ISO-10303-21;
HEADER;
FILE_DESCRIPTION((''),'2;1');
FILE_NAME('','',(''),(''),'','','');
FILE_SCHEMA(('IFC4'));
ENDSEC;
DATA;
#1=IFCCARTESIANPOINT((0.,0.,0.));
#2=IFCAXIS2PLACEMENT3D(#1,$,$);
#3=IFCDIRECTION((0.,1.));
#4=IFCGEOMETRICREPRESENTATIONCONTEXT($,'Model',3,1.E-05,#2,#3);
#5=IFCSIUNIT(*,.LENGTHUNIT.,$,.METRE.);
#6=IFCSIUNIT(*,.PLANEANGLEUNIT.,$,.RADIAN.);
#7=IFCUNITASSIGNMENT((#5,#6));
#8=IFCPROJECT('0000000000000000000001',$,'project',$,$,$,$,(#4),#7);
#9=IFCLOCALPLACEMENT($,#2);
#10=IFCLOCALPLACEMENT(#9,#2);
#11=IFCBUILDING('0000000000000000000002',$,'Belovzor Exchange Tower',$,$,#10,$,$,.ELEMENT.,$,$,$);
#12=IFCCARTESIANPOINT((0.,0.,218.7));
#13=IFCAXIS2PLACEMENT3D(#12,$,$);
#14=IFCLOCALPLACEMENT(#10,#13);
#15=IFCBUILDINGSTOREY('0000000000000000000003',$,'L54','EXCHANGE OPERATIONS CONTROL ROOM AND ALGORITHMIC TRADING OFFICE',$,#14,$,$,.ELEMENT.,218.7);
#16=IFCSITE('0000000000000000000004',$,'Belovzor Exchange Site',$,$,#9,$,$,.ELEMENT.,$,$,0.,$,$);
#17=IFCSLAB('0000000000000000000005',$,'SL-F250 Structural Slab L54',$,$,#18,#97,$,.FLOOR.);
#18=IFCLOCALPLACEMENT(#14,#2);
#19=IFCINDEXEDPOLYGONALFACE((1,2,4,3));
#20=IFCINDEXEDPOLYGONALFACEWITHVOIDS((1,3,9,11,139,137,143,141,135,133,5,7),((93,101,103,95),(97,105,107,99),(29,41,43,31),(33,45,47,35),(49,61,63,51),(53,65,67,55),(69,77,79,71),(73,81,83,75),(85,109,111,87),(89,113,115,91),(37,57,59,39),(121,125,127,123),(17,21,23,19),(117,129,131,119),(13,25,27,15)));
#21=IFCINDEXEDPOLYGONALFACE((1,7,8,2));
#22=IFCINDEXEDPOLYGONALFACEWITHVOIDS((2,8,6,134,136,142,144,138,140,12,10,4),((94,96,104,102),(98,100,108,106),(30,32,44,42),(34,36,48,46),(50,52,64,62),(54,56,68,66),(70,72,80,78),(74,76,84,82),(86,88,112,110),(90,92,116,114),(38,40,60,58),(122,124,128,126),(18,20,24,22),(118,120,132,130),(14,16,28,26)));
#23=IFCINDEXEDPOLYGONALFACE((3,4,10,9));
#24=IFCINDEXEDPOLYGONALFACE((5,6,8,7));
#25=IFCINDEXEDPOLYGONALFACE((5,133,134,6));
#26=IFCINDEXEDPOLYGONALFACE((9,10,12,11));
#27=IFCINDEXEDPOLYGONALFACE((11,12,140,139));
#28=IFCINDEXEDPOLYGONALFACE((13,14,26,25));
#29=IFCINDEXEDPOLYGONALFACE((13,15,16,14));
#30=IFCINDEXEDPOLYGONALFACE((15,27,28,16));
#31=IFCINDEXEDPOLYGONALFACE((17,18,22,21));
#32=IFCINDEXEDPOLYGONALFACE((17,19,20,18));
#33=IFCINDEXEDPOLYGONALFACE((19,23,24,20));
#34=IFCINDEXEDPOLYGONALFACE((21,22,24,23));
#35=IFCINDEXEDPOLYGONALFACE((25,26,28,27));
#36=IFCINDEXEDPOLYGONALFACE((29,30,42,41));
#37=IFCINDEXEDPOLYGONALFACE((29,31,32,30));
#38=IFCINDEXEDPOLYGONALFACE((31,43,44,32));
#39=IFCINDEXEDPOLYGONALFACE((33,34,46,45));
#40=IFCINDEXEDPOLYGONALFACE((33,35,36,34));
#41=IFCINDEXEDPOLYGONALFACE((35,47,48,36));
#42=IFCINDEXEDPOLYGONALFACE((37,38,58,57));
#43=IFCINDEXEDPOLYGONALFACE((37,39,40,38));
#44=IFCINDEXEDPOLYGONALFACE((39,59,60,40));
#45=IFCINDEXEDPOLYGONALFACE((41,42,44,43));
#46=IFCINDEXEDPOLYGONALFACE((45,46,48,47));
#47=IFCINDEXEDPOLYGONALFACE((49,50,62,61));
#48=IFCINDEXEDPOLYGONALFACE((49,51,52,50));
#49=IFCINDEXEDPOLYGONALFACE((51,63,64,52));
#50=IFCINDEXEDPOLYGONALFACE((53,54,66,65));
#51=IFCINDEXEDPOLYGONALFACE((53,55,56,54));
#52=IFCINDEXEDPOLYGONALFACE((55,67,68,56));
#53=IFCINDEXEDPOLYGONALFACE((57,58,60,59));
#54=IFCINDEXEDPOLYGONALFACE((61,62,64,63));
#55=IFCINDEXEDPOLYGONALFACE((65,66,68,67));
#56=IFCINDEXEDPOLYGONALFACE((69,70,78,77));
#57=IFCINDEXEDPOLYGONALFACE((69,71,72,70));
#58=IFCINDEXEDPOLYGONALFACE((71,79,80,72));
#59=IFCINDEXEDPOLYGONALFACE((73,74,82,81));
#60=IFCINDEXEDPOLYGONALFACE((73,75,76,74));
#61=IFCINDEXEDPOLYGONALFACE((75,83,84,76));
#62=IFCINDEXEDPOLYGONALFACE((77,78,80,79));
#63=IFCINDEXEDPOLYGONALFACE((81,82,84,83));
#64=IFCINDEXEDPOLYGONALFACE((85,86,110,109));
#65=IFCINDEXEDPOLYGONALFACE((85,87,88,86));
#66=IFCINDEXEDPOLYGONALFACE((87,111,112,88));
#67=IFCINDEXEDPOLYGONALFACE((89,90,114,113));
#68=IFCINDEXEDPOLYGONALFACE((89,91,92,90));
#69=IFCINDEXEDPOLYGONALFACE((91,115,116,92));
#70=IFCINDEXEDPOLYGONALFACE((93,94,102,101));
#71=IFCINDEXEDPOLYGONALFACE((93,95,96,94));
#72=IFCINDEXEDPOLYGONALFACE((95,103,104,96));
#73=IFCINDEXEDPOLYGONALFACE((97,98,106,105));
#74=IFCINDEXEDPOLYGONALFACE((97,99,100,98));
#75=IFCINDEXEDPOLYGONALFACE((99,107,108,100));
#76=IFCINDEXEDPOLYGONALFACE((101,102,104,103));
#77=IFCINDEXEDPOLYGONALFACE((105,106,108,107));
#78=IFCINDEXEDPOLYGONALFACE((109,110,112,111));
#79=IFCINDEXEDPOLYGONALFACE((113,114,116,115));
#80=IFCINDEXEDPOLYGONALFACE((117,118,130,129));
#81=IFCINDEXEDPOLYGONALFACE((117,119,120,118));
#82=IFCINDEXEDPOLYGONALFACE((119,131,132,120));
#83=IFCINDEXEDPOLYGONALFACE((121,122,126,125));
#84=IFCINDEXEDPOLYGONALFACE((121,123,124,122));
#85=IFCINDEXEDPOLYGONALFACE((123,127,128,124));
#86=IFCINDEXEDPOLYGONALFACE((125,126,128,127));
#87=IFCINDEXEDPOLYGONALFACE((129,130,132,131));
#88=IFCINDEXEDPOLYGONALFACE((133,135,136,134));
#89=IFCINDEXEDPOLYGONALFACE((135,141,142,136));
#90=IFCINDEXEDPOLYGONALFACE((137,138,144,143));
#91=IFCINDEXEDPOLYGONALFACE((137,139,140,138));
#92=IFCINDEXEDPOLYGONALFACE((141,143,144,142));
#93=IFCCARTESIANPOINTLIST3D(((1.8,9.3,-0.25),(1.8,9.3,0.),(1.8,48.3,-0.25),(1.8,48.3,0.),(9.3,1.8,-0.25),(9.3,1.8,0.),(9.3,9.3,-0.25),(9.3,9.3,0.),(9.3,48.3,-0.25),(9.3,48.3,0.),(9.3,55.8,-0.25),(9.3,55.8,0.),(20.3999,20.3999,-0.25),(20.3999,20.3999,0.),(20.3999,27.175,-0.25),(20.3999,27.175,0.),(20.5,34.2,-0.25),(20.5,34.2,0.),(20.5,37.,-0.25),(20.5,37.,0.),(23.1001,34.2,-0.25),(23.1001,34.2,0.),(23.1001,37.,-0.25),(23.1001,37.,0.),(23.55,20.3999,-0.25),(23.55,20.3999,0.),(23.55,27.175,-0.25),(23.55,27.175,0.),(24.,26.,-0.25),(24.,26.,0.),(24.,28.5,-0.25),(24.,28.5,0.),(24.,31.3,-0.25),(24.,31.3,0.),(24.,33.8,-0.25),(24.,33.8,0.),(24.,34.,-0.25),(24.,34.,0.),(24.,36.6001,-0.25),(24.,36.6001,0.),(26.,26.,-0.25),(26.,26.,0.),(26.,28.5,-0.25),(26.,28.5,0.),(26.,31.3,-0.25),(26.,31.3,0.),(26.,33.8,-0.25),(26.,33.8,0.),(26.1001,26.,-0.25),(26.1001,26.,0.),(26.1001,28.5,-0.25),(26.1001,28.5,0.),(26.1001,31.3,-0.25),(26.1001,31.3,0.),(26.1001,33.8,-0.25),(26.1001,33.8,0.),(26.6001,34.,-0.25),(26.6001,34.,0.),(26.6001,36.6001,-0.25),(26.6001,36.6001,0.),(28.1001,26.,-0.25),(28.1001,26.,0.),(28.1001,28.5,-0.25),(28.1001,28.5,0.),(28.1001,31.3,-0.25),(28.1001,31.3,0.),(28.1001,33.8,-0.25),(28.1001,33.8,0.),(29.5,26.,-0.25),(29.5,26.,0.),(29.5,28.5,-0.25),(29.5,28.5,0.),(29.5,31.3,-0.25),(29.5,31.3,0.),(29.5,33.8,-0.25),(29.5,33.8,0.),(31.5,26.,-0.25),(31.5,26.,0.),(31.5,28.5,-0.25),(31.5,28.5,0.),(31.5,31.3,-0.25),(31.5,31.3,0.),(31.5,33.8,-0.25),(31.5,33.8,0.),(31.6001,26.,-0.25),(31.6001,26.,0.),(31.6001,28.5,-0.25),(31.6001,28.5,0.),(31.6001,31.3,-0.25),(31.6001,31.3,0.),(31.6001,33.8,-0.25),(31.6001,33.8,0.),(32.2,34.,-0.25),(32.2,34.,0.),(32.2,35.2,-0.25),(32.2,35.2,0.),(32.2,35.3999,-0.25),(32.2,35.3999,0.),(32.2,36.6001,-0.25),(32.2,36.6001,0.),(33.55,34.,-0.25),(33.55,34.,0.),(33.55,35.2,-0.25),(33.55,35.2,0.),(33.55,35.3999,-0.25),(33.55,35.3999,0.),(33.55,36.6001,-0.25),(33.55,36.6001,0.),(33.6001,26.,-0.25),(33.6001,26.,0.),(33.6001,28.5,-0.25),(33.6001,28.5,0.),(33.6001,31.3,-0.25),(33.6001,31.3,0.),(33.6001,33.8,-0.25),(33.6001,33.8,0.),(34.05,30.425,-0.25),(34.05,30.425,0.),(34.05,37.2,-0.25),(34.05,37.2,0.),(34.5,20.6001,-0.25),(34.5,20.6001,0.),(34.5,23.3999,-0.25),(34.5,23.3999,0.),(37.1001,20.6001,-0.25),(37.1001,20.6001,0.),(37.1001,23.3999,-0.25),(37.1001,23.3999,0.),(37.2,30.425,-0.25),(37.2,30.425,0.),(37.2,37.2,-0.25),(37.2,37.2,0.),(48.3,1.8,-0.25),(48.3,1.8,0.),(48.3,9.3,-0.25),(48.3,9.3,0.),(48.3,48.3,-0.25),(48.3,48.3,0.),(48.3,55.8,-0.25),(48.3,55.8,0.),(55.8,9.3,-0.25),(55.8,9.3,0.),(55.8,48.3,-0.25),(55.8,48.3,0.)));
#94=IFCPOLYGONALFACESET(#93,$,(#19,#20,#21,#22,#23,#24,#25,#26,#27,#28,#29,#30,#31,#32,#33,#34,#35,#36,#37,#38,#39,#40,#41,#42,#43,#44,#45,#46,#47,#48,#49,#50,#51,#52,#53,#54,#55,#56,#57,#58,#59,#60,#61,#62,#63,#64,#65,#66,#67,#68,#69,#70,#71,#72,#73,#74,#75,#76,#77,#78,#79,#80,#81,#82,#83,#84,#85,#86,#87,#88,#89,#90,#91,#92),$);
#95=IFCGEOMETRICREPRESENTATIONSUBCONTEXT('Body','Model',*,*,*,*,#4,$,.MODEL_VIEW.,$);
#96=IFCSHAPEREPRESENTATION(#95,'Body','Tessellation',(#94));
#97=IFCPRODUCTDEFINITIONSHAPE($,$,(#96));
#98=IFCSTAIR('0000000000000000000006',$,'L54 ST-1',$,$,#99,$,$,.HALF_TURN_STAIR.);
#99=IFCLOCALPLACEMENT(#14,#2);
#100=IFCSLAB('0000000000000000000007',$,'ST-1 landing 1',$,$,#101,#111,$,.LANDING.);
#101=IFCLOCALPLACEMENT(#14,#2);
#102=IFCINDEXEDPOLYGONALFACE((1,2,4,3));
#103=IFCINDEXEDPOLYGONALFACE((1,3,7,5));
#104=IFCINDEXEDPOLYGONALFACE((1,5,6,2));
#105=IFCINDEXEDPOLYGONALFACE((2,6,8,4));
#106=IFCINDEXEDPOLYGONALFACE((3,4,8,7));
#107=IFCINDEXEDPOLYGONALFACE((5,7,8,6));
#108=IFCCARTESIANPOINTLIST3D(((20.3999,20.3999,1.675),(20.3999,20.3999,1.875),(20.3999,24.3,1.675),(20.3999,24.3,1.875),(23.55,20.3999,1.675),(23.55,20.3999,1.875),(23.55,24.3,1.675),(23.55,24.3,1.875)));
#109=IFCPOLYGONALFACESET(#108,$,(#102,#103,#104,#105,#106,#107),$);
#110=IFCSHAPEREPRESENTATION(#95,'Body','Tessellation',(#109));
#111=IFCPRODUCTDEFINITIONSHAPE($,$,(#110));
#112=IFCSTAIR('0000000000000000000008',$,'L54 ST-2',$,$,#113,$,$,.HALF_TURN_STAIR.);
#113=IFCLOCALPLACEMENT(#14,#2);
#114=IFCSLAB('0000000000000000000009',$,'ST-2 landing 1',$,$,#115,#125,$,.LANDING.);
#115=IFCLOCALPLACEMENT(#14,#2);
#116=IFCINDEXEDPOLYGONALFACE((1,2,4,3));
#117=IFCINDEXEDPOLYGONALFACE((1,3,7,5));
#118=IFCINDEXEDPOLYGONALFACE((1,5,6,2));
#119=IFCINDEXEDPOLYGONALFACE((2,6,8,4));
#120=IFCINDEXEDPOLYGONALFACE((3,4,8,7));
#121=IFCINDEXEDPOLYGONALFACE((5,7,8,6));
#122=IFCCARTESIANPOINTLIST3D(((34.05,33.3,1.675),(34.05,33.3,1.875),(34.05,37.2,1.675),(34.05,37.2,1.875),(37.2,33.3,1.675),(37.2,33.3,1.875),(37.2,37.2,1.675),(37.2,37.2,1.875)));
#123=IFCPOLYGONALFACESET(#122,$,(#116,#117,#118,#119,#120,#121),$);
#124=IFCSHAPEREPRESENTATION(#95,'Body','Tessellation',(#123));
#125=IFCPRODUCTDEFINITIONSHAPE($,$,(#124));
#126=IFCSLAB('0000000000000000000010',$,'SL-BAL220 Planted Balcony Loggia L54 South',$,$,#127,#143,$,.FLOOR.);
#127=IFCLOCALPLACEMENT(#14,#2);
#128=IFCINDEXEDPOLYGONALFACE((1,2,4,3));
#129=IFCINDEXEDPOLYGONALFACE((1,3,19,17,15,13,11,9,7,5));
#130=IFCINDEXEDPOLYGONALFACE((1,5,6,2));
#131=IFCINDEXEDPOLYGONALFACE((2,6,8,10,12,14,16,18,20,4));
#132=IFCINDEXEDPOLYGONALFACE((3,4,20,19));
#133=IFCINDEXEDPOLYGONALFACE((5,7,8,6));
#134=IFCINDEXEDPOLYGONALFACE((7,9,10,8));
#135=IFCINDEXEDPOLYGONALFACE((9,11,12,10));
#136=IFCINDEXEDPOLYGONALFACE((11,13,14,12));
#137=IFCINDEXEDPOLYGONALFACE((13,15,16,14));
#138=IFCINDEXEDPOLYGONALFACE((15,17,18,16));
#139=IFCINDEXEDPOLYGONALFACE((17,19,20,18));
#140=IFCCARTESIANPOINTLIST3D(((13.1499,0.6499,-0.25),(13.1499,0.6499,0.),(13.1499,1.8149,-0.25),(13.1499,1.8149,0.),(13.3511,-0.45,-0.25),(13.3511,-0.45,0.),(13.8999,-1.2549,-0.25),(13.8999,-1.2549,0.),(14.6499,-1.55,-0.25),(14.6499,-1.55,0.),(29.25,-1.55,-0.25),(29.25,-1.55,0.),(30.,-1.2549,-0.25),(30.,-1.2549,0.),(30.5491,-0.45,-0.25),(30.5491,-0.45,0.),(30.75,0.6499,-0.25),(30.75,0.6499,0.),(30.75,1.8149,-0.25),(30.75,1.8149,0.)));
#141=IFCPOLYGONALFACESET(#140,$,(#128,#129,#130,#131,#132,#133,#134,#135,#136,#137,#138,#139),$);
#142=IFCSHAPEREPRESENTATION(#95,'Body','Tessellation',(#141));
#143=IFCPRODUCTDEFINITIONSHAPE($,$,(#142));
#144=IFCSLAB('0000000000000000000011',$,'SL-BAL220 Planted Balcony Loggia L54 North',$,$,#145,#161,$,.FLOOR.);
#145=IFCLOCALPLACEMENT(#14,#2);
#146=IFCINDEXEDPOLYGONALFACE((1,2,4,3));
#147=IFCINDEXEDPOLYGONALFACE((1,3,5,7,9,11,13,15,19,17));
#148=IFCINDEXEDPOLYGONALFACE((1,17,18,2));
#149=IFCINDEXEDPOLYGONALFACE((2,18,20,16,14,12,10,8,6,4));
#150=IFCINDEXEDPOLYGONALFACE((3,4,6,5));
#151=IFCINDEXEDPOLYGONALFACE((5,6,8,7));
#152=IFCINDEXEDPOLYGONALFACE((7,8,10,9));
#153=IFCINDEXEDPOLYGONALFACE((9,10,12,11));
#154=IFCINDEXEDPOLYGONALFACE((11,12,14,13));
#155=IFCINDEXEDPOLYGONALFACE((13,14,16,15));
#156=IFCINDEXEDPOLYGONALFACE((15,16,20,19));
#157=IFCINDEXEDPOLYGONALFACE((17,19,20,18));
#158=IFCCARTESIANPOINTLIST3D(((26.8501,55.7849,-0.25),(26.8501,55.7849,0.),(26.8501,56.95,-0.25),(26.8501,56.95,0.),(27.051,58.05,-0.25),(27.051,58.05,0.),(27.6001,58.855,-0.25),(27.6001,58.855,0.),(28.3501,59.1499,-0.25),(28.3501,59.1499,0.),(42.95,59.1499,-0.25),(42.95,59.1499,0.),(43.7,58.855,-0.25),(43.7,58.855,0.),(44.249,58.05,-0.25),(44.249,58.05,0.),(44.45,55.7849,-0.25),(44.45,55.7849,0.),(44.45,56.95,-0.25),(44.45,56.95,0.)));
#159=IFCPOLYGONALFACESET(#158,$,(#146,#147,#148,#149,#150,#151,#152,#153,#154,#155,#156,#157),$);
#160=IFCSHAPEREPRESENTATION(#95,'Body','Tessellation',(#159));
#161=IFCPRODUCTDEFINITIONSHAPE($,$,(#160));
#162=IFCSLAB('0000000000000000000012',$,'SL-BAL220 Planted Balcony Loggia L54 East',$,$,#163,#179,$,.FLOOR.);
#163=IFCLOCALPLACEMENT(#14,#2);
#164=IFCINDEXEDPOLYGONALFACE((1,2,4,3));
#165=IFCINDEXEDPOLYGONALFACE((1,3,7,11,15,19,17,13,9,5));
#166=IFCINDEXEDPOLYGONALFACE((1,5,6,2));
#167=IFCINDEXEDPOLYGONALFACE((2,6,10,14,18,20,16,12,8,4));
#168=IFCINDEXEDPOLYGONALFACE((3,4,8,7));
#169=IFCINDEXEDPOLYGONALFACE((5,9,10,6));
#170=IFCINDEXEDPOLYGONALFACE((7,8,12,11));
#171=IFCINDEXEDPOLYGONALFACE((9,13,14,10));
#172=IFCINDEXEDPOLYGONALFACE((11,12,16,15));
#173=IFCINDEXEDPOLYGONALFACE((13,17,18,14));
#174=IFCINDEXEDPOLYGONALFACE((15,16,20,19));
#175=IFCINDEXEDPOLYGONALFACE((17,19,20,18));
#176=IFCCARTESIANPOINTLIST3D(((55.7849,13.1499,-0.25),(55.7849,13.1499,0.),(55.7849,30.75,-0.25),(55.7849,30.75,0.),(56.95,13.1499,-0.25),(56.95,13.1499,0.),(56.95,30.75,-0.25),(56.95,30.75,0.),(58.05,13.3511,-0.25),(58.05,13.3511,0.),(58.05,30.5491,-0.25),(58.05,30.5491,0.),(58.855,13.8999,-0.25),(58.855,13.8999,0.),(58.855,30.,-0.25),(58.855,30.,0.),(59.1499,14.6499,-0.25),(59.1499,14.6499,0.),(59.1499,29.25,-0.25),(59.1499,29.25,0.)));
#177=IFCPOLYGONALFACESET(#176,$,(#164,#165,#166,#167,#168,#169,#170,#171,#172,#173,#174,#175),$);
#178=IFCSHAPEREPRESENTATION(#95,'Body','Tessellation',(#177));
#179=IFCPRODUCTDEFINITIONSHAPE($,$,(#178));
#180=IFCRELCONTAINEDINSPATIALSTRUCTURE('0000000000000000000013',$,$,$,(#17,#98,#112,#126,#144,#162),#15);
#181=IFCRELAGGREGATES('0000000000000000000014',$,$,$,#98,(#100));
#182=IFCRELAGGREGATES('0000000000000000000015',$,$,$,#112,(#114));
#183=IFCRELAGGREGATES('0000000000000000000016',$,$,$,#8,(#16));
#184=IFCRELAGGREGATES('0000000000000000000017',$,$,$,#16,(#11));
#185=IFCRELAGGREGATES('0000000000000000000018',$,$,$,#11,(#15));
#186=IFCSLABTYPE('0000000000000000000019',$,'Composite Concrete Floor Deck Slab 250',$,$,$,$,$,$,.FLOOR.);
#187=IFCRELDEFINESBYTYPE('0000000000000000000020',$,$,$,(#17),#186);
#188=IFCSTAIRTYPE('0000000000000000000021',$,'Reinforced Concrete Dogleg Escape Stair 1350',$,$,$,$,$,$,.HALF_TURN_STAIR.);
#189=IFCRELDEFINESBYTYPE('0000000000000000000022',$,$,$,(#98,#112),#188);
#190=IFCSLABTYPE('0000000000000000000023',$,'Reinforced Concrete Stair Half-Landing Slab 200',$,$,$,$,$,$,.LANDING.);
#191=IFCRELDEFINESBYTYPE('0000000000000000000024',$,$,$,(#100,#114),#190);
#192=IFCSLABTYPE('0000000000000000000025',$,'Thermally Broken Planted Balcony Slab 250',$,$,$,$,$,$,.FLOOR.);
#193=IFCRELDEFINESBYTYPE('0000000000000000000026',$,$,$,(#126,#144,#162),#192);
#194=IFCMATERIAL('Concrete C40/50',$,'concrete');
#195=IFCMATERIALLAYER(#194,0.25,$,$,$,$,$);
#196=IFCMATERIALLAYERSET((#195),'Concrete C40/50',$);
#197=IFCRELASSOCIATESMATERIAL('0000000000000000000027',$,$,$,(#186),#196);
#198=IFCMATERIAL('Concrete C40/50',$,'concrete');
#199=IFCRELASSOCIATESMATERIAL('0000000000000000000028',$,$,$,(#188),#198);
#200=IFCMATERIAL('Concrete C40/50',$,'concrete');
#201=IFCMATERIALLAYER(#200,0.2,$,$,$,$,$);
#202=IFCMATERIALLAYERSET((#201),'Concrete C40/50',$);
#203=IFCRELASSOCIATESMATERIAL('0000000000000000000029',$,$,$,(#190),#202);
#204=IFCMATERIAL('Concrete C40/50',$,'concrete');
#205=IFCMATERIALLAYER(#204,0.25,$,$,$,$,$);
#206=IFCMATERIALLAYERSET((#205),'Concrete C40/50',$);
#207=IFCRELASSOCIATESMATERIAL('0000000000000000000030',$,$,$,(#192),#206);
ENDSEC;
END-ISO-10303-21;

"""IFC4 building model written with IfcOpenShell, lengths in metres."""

from ifc_helpers import new_model, si_unit, direction, frame, origin, place, context, subcontext, project, spatial, polyline, outline, extrude, material, layer, layer_set, type_object, element, aggregate, save


model = new_model("IFC4")

# Units and contexts
model_context = context("Model", 3, precision=1e-05, world=origin(), true_north=direction((0.0, 1.0)))
body_context = subcontext(model_context, "Body", "Model", "MODEL_VIEW")
ifc_project = project(units=[si_unit("LENGTHUNIT", "METRE"), si_unit("PLANEANGLEUNIT", "RADIAN")], contexts=[model_context])

# Site, building, storey
site_placement = place(None, origin())
site = spatial("IfcSite", under=ifc_project, at=site_placement, Name="Belovzor Exchange Site", CompositionType="ELEMENT", RefElevation=0.0)
building_placement = place(site_placement, origin())
building = spatial("IfcBuilding", under=site, at=building_placement, Name="Belovzor Exchange Tower", CompositionType="ELEMENT")
storey_placement = place(building_placement, frame((0.0, 0.0, 218.7)))
storey = spatial("IfcBuildingStorey", under=building, at=storey_placement, Name="L54", Description="EXCHANGE OPERATIONS CONTROL ROOM AND ALGORITHMIC TRADING OFFICE", CompositionType="ELEMENT", Elevation=218.7)

# Slab
ifc_material_1 = material(Name="Concrete C40/50", Category="concrete")
ifc_layer_1 = layer(ifc_material_1, 0.25)
ifc_layer_set_1 = layer_set([ifc_layer_1], Name="Concrete C40/50")
slab_type_1 = type_object("IfcSlabType", Name="Composite Concrete Floor Deck Slab 250", PredefinedType="FLOOR", material=ifc_layer_set_1)
slab_1_placement = place(storey_placement, frame((0.0, 0.0, -0.25)))
element("IfcSlab", 1, at=slab_1_placement, inside=storey, type_object=slab_type_1, Name="SL-F250 Structural Slab L54", PredefinedType="FLOOR", context=body_context, shape_type="SweptSolid", body=[
    extrude(outline(polyline([(9.3, 1.8), (48.3, 1.8), (48.3, 9.3), (55.8, 9.3), (55.8, 48.3), (48.3, 48.3), (48.3, 55.8), (9.3, 55.8), (9.3, 48.3), (1.8, 48.3), (1.8, 9.3), (9.3, 9.3), (9.3, 1.8)]), holes=[polyline([(20.3999, 27.175), (20.3999, 20.3999), (23.55, 20.3999), (23.55, 27.175), (20.3999, 27.175)]), polyline([(37.2, 30.425), (37.2, 37.2), (34.05, 37.2), (34.05, 30.425), (37.2, 30.425)]), polyline([(20.5, 34.2), (23.1001, 34.2), (23.1001, 37.0), (20.5, 37.0), (20.5, 34.2)]), polyline([(34.5, 20.6001), (37.1001, 20.6001), (37.1001, 23.3999), (34.5, 23.3999), (34.5, 20.6001)]), polyline([(24.0, 34.0), (26.6001, 34.0), (26.6001, 36.6001), (24.0, 36.6001), (24.0, 34.0)]), polyline([(24.0, 26.0), (26.0, 26.0), (26.0, 28.5), (24.0, 28.5), (24.0, 26.0)]), polyline([(26.1001, 26.0), (28.1001, 26.0), (28.1001, 28.5), (26.1001, 28.5), (26.1001, 26.0)]), polyline([(29.5, 26.0), (31.5, 26.0), (31.5, 28.5), (29.5, 28.5), (29.5, 26.0)]), polyline([(31.6001, 26.0), (33.6001, 26.0), (33.6001, 28.5), (31.6001, 28.5), (31.6001, 26.0)]), polyline([(24.0, 31.3), (26.0, 31.3), (26.0, 33.8), (24.0, 33.8), (24.0, 31.3)]), polyline([(26.1001, 31.3), (28.1001, 31.3), (28.1001, 33.8), (26.1001, 33.8), (26.1001, 31.3)]), polyline([(29.5, 31.3), (31.5, 31.3), (31.5, 33.8), (29.5, 33.8), (29.5, 31.3)]), polyline([(31.6001, 31.3), (33.6001, 31.3), (33.6001, 33.8), (31.6001, 33.8), (31.6001, 31.3)]), polyline([(32.2, 34.0), (33.55, 34.0), (33.55, 35.2), (32.2, 35.2), (32.2, 34.0)]), polyline([(32.2, 35.3999), (33.55, 35.3999), (33.55, 36.6001), (32.2, 36.6001), (32.2, 35.3999)])]), origin(), (0.0, 0.0, 1.0), 0.25),
])

# Stairs, slabs
ifc_material_2 = material(Name="Concrete C40/50", Category="concrete")
stair_type = type_object("IfcStairType", Name="Reinforced Concrete Dogleg Escape Stair 1350", PredefinedType="HALF_TURN_STAIR", material=ifc_material_2)
stair_1_placement = place(storey_placement, origin())
stair_1 = element("IfcStair", 2, at=stair_1_placement, inside=storey, type_object=stair_type, Name="L54 ST-1", PredefinedType="HALF_TURN_STAIR")
ifc_material_3 = material(Name="Concrete C40/50", Category="concrete")
ifc_layer_2 = layer(ifc_material_3, 0.2)
ifc_layer_set_2 = layer_set([ifc_layer_2], Name="Concrete C40/50")
slab_type_2 = type_object("IfcSlabType", Name="Reinforced Concrete Stair Half-Landing Slab 200", PredefinedType="LANDING", material=ifc_layer_set_2)
slab_2_placement = place(storey_placement, frame((0.0, 0.0, 1.675)))
slab_2 = element("IfcSlab", 3, at=slab_2_placement, type_object=slab_type_2, Name="ST-1 landing 1", PredefinedType="LANDING", context=body_context, shape_type="SweptSolid", body=[
    extrude(outline(polyline([(20.3999, 24.3), (20.3999, 20.3999), (23.55, 20.3999), (23.55, 24.3), (20.3999, 24.3)])), origin(), (0.0, 0.0, 1.0), 0.2),
])
aggregate(stair_1, [slab_2])
stair_2_placement = place(storey_placement, origin())
stair_2 = element("IfcStair", 4, at=stair_2_placement, inside=storey, type_object=stair_type, Name="L54 ST-2", PredefinedType="HALF_TURN_STAIR")
slab_3_placement = place(storey_placement, frame((0.0, 0.0, 1.675)))
slab_3 = element("IfcSlab", 5, at=slab_3_placement, type_object=slab_type_2, Name="ST-2 landing 1", PredefinedType="LANDING", context=body_context, shape_type="SweptSolid", body=[
    extrude(outline(polyline([(37.2, 33.3), (37.2, 37.2), (34.05, 37.2), (34.05, 33.3), (37.2, 33.3)])), origin(), (0.0, 0.0, 1.0), 0.2),
])
aggregate(stair_2, [slab_3])

# Slabs
ifc_material_4 = material(Name="Concrete C40/50", Category="concrete")
ifc_layer_3 = layer(ifc_material_4, 0.25)
ifc_layer_set_3 = layer_set([ifc_layer_3], Name="Concrete C40/50")
slab_type_3 = type_object("IfcSlabType", Name="Thermally Broken Planted Balcony Slab 250", PredefinedType="FLOOR", material=ifc_layer_set_3)
slab_4_placement = place(storey_placement, frame((0.0, 0.0, -0.25)))
element("IfcSlab", 6, at=slab_4_placement, inside=storey, type_object=slab_type_3, Name="SL-BAL220 Planted Balcony Loggia L54 South", PredefinedType="FLOOR", context=body_context, shape_type="SweptSolid", body=[
    extrude(outline(polyline([(13.1499, 1.8149), (13.1499, 0.6499), (13.3511, -0.45), (13.8999, -1.2549), (14.6499, -1.55), (29.25, -1.55), (30.0, -1.2549), (30.5491, -0.45), (30.75, 0.6499), (30.75, 1.8149), (13.1499, 1.8149)])), origin(), (0.0, 0.0, 1.0), 0.25),
])
slab_5_placement = place(storey_placement, frame((0.0, 0.0, -0.25)))
element("IfcSlab", 7, at=slab_5_placement, inside=storey, type_object=slab_type_3, Name="SL-BAL220 Planted Balcony Loggia L54 North", PredefinedType="FLOOR", context=body_context, shape_type="SweptSolid", body=[
    extrude(outline(polyline([(44.45, 55.7849), (44.45, 56.95), (44.249, 58.05), (43.7, 58.855), (42.95, 59.1499), (28.3501, 59.1499), (27.6001, 58.855), (27.051, 58.05), (26.8501, 56.95), (26.8501, 55.7849), (44.45, 55.7849)])), origin(), (0.0, 0.0, 1.0), 0.25),
])
slab_6_placement = place(storey_placement, frame((0.0, 0.0, -0.25)))
element("IfcSlab", 8, at=slab_6_placement, inside=storey, type_object=slab_type_3, Name="SL-BAL220 Planted Balcony Loggia L54 East", PredefinedType="FLOOR", context=body_context, shape_type="SweptSolid", body=[
    extrude(outline(polyline([(55.7849, 13.1499), (56.95, 13.1499), (58.05, 13.3511), (58.855, 13.8999), (59.1499, 14.6499), (59.1499, 29.25), (58.855, 30.0), (58.05, 30.5491), (56.95, 30.75), (55.7849, 30.75), (55.7849, 13.1499)])), origin(), (0.0, 0.0, 1.0), 0.25),
])

save(model, "model.ifc")
